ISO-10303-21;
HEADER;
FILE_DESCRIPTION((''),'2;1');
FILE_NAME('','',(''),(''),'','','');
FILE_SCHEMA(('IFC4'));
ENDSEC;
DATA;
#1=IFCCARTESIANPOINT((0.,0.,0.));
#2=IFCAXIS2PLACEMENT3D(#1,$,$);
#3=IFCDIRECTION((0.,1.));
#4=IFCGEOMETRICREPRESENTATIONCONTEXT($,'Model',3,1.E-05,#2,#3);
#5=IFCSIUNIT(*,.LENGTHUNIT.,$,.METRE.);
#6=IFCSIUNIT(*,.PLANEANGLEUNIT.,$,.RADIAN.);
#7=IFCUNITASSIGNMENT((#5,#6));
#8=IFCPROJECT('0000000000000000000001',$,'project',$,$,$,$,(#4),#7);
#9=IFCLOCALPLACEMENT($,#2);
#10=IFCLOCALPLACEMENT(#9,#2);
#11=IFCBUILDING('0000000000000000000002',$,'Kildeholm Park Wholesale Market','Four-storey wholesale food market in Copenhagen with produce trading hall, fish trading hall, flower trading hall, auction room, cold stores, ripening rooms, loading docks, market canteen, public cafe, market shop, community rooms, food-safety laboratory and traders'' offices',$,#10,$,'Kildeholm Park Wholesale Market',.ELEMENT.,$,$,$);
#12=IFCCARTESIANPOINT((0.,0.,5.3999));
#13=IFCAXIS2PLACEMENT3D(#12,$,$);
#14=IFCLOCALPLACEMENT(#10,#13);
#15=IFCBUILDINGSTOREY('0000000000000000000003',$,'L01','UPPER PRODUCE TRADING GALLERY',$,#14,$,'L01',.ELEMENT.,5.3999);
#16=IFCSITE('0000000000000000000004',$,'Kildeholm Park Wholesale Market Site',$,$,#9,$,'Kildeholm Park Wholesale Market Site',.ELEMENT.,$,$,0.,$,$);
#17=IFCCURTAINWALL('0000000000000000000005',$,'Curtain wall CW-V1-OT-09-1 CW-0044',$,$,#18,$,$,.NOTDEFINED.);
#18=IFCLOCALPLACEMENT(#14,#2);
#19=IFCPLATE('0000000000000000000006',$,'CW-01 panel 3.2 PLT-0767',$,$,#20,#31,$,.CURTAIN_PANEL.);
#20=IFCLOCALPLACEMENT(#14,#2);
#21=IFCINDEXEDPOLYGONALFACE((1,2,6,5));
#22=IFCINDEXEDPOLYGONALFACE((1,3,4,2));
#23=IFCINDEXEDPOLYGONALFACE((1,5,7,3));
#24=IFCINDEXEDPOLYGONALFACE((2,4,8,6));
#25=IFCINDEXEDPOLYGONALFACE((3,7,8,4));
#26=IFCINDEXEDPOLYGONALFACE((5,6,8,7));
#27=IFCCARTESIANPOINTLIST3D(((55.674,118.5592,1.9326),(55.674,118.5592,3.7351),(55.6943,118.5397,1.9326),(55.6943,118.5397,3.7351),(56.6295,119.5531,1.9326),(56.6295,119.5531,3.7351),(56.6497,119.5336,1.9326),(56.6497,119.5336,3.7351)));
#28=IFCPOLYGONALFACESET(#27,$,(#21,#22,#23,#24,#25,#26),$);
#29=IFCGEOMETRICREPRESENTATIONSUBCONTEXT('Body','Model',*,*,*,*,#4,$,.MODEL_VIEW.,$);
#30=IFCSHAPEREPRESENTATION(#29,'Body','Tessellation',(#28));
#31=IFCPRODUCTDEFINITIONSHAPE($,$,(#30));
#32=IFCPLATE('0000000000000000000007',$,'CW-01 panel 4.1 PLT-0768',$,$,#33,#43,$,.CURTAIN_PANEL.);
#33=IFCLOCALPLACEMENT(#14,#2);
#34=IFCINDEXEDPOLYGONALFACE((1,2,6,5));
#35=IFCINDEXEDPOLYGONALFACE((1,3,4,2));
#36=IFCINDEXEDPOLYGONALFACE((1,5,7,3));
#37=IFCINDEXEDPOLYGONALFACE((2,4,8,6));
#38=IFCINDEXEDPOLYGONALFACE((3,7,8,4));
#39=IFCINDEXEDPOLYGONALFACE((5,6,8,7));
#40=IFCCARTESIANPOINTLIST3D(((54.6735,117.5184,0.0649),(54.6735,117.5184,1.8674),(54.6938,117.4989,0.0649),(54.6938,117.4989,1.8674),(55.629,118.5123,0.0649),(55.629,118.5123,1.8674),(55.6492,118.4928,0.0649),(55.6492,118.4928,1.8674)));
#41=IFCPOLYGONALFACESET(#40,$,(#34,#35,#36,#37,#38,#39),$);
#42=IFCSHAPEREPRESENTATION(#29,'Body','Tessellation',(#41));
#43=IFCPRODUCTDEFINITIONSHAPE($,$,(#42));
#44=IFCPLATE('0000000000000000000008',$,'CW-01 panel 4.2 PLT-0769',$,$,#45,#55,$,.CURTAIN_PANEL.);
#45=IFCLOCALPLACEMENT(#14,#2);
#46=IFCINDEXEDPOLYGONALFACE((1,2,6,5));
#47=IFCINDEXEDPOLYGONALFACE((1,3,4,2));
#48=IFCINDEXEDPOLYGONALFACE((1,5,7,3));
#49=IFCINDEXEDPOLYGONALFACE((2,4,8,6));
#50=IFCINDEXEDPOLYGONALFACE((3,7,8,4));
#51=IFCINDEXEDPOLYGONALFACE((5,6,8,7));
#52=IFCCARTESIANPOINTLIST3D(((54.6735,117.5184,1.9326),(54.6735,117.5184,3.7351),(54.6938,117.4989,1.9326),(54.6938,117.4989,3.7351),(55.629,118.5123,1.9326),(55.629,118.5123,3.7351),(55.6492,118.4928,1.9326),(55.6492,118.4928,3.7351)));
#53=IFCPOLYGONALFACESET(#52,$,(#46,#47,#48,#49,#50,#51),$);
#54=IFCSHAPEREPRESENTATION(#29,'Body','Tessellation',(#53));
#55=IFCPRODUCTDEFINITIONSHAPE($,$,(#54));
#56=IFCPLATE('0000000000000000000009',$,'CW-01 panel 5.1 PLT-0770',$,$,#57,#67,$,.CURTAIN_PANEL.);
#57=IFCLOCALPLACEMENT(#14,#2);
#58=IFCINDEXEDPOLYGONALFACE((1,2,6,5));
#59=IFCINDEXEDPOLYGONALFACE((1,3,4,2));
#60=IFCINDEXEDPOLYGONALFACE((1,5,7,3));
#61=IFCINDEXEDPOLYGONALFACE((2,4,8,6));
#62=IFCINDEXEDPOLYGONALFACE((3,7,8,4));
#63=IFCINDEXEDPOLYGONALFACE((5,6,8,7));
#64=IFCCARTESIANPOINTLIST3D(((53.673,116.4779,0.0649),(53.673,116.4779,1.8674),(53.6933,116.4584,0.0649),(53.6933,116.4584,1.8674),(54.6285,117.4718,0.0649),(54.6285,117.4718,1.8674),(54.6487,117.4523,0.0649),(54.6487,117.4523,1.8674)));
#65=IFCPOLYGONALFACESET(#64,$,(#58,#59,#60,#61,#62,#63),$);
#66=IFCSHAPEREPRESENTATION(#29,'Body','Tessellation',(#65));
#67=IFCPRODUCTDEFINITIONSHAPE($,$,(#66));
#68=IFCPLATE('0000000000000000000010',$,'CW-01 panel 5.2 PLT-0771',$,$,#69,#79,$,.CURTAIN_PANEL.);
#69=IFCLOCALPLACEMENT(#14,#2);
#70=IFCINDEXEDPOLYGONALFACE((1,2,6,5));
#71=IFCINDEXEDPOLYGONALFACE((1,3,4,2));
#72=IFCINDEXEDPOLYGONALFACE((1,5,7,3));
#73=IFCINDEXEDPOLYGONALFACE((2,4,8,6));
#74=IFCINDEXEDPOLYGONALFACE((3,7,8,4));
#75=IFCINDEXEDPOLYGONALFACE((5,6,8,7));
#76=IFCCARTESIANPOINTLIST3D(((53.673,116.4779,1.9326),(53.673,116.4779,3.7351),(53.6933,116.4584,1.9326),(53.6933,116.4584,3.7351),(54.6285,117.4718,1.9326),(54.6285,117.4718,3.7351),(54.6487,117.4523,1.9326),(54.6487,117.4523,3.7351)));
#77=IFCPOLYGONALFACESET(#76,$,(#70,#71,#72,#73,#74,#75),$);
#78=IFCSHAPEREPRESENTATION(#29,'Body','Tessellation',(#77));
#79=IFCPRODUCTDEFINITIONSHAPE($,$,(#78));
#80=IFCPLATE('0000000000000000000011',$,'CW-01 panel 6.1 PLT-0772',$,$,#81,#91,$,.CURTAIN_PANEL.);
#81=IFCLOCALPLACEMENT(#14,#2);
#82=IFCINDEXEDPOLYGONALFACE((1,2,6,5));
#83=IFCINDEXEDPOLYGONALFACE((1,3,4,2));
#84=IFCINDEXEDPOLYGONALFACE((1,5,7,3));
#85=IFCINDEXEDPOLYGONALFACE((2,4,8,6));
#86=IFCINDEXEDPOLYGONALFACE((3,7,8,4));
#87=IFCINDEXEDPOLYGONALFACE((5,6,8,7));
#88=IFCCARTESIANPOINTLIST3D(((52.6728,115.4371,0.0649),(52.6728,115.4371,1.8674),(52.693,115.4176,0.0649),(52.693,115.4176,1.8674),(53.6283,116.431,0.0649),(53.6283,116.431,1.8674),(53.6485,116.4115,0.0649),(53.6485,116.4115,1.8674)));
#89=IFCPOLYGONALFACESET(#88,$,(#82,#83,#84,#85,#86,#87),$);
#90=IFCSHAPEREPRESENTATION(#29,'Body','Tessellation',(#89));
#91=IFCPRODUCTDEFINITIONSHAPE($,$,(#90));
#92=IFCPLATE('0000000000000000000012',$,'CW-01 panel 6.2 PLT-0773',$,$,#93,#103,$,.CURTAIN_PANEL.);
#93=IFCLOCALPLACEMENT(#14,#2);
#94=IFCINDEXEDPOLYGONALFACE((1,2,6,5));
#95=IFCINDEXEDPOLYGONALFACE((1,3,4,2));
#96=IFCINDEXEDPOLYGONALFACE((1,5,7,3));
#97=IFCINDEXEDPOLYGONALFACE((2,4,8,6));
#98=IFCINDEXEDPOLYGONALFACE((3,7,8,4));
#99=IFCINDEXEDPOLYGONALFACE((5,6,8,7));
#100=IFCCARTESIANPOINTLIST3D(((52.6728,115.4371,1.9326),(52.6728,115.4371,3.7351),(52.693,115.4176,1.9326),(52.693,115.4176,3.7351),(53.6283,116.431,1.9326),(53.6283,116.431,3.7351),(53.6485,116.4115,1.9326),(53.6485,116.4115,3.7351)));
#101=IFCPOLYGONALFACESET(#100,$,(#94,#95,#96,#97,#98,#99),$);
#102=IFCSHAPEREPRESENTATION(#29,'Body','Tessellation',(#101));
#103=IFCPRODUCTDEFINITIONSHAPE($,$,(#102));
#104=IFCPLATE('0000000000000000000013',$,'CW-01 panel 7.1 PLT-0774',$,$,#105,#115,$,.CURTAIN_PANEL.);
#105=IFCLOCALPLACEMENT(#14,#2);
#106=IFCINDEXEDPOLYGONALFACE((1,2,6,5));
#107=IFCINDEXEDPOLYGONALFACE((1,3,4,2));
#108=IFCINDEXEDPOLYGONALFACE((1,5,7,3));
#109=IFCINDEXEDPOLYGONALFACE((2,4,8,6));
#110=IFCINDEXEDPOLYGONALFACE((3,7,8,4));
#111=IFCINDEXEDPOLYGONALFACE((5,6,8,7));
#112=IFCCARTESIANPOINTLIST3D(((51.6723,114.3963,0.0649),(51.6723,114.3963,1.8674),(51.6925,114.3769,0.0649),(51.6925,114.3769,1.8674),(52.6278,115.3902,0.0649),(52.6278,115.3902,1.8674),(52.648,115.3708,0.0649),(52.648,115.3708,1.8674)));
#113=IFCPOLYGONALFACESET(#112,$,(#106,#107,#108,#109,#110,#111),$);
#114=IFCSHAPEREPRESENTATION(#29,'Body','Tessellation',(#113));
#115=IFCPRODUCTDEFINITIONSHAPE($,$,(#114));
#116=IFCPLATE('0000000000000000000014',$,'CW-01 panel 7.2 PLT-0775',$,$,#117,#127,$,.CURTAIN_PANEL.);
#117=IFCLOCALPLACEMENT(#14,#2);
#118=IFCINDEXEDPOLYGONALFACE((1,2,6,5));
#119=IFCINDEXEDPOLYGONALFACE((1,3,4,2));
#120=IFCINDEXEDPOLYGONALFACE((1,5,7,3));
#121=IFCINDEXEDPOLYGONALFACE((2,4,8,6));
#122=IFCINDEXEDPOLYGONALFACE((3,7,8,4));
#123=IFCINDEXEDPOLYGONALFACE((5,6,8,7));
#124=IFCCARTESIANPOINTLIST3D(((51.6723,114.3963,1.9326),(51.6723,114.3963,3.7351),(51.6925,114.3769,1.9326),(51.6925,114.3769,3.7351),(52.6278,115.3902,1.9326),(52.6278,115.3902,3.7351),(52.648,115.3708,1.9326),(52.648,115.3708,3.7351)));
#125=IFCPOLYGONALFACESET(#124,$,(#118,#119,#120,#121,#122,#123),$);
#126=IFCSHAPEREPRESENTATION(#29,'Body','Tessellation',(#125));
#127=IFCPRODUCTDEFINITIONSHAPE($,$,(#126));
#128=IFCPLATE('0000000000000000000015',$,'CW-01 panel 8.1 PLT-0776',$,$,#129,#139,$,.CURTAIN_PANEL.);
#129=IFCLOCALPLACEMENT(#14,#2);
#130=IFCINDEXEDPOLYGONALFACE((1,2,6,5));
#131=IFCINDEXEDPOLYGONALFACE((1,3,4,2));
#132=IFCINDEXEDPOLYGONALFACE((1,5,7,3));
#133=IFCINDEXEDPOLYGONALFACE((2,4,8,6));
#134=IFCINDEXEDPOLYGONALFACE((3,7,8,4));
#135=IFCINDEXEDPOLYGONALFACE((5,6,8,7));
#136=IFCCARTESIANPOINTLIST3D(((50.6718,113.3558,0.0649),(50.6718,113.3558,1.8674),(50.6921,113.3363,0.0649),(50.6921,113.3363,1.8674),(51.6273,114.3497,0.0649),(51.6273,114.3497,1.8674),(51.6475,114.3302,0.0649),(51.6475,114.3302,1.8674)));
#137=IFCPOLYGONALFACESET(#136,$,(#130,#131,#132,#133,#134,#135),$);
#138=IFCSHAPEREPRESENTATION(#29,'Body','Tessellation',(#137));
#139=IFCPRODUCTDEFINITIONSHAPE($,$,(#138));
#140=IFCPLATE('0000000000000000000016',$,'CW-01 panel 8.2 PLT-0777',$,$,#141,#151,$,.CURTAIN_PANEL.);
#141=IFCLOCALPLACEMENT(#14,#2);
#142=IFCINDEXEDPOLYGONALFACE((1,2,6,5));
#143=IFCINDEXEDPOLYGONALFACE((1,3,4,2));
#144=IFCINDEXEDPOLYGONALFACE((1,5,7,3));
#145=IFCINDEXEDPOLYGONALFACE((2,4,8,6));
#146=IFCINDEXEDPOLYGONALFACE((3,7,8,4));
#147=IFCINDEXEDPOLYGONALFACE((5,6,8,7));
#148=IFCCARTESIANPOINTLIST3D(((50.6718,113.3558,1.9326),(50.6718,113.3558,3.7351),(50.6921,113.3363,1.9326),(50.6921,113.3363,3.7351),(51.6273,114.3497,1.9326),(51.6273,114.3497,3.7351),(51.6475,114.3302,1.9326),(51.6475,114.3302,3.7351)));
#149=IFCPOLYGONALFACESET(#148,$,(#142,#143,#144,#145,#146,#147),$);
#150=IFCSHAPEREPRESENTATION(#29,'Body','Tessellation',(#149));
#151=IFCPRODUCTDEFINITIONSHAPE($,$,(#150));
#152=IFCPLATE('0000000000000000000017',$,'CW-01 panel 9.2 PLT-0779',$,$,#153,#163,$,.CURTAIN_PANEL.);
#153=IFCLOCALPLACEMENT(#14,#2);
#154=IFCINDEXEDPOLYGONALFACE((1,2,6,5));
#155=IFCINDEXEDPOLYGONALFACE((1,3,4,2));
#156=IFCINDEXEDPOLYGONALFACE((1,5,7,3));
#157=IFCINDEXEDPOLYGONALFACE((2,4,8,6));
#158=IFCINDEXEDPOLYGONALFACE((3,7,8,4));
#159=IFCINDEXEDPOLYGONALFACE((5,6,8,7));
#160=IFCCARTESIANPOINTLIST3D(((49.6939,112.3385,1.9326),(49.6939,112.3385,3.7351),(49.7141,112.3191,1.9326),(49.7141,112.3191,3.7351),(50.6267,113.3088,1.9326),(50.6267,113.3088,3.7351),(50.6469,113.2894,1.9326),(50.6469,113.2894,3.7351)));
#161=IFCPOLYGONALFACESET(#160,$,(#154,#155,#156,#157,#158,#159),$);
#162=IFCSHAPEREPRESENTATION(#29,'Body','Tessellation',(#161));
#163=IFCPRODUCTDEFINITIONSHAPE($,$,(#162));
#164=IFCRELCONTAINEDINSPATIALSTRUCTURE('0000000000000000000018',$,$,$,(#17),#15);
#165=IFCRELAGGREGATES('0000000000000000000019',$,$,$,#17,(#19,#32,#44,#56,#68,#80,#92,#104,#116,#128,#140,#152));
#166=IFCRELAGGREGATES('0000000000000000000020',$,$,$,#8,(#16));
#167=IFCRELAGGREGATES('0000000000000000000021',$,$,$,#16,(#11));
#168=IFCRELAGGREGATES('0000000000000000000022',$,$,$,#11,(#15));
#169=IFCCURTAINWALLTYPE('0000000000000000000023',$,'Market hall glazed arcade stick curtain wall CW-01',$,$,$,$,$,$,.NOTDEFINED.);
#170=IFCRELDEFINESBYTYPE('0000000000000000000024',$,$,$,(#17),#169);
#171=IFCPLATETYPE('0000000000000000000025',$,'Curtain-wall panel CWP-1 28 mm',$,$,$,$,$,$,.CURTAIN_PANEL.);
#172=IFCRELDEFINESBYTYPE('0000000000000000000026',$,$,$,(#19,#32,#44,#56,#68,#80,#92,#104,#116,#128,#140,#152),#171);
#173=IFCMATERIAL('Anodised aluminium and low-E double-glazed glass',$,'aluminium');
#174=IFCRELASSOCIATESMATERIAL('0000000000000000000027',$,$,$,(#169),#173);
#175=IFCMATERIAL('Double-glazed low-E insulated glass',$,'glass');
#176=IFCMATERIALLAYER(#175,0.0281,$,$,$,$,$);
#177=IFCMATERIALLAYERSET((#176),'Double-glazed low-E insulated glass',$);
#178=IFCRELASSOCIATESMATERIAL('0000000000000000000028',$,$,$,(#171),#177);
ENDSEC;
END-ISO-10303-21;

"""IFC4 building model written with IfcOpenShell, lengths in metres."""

from ifc_helpers import new_model, si_unit, direction, frame, origin, origin_2d, place, context, subcontext, project, spatial, rectangle, extrude, material, layer, layer_set, type_object, element, aggregate, save


model = new_model("IFC4")

# Units and contexts
model_context = context("Model", 3, precision=1e-05, world=origin(), true_north=direction((0.0, 1.0)))
body_context = subcontext(model_context, "Body", "Model", "MODEL_VIEW")
ifc_project = project(units=[si_unit("LENGTHUNIT", "METRE"), si_unit("PLANEANGLEUNIT", "RADIAN")], contexts=[model_context])

# Site, building, storey
site_placement = place(None, origin())
site = spatial("IfcSite", under=ifc_project, at=site_placement, Name="Kildeholm Park Wholesale Market Site", LongName="Kildeholm Park Wholesale Market Site", CompositionType="ELEMENT", RefElevation=0.0)
building_placement = place(site_placement, origin())
building = spatial("IfcBuilding", under=site, at=building_placement, Name="Kildeholm Park Wholesale Market", Description="Four-storey wholesale food market in Copenhagen with produce trading hall, fish trading hall, flower trading hall, auction room, cold stores, ripening rooms, loading docks, market canteen, public cafe, market shop, community rooms, food-safety laboratory and traders' offices", LongName="Kildeholm Park Wholesale Market", CompositionType="ELEMENT")
storey_placement = place(building_placement, frame((0.0, 0.0, 5.3999)))
storey = spatial("IfcBuildingStorey", under=building, at=storey_placement, Name="L01", Description="UPPER PRODUCE TRADING GALLERY", LongName="L01", CompositionType="ELEMENT", Elevation=5.3999)

# Curtain wall, plates
ifc_material_1 = material(Name="Anodised aluminium and low-E double-glazed glass", Category="aluminium")
curtain_wall_type = type_object("IfcCurtainWallType", Name="Market hall glazed arcade stick curtain wall CW-01", PredefinedType="NOTDEFINED", material=ifc_material_1)
curtain_wall_placement = place(storey_placement, origin())
curtain_wall = element("IfcCurtainWall", 1, at=curtain_wall_placement, inside=storey, type_object=curtain_wall_type, Name="Curtain wall CW-V1-OT-09-1 CW-0044", PredefinedType="NOTDEFINED")
ifc_material_2 = material(Name="Double-glazed low-E insulated glass", Category="glass")
ifc_layer = layer(ifc_material_2, 0.0281)
ifc_layer_set = layer_set([ifc_layer], Name="Double-glazed low-E insulated glass")
plate_type = type_object("IfcPlateType", Name="Curtain-wall panel CWP-1 28 mm", PredefinedType="CURTAIN_PANEL", material=ifc_layer_set)
plate_1_placement = place(storey_placement, frame((56.1619, 119.0464, 1.9326), z_axis=(0.0, 0.0, 1.0), x_axis=(-0.693038, -0.720901, 0.0)))
plate_1 = element("IfcPlate", 2, at=plate_1_placement, type_object=plate_type, Name="CW-01 panel 3.2 PLT-0767", PredefinedType="CURTAIN_PANEL", context=body_context, shape_type="SweptSolid", body=[
    extrude(rectangle(XDim=1.3787, YDim=0.0281, at=origin_2d()), origin(), (0.0, 0.0, 1.0), 1.8025),
])
plate_2_placement = place(storey_placement, frame((55.1614, 118.0056, 0.0649), z_axis=(0.0, 0.0, 1.0), x_axis=(-0.693038, -0.720901, 0.0)))
plate_2 = element("IfcPlate", 3, at=plate_2_placement, type_object=plate_type, Name="CW-01 panel 4.1 PLT-0768", PredefinedType="CURTAIN_PANEL", context=body_context, shape_type="SweptSolid", body=[
    extrude(rectangle(XDim=1.3787, YDim=0.0281, at=origin_2d()), origin(), (0.0, 0.0, 1.0), 1.8025),
])
plate_3_placement = place(storey_placement, frame((55.1614, 118.0056, 1.9326), z_axis=(0.0, 0.0, 1.0), x_axis=(-0.693038, -0.720901, 0.0)))
plate_3 = element("IfcPlate", 4, at=plate_3_placement, type_object=plate_type, Name="CW-01 panel 4.2 PLT-0769", PredefinedType="CURTAIN_PANEL", context=body_context, shape_type="SweptSolid", body=[
    extrude(rectangle(XDim=1.3787, YDim=0.0281, at=origin_2d()), origin(), (0.0, 0.0, 1.0), 1.8025),
])
plate_4_placement = place(storey_placement, frame((54.1609, 116.9651, 0.0649), z_axis=(0.0, 0.0, 1.0), x_axis=(-0.693038, -0.720901, 0.0)))
plate_4 = element("IfcPlate", 5, at=plate_4_placement, type_object=plate_type, Name="CW-01 panel 5.1 PLT-0770", PredefinedType="CURTAIN_PANEL", context=body_context, shape_type="SweptSolid", body=[
    extrude(rectangle(XDim=1.3787, YDim=0.0281, at=origin_2d()), origin(), (0.0, 0.0, 1.0), 1.8025),
])
plate_5_placement = place(storey_placement, frame((54.1609, 116.9651, 1.9326), z_axis=(0.0, 0.0, 1.0), x_axis=(-0.693038, -0.720901, 0.0)))
plate_5 = element("IfcPlate", 6, at=plate_5_placement, type_object=plate_type, Name="CW-01 panel 5.2 PLT-0771", PredefinedType="CURTAIN_PANEL", context=body_context, shape_type="SweptSolid", body=[
    extrude(rectangle(XDim=1.3787, YDim=0.0281, at=origin_2d()), origin(), (0.0, 0.0, 1.0), 1.8025),
])
plate_6_placement = place(storey_placement, frame((53.1606, 115.9243, 0.0649), z_axis=(0.0, 0.0, 1.0), x_axis=(-0.693038, -0.720901, 0.0)))
plate_6 = element("IfcPlate", 7, at=plate_6_placement, type_object=plate_type, Name="CW-01 panel 6.1 PLT-0772", PredefinedType="CURTAIN_PANEL", context=body_context, shape_type="SweptSolid", body=[
    extrude(rectangle(XDim=1.3787, YDim=0.0281, at=origin_2d()), origin(), (0.0, 0.0, 1.0), 1.8025),
])
plate_7_placement = place(storey_placement, frame((53.1606, 115.9243, 1.9326), z_axis=(0.0, 0.0, 1.0), x_axis=(-0.693038, -0.720901, 0.0)))
plate_7 = element("IfcPlate", 8, at=plate_7_placement, type_object=plate_type, Name="CW-01 panel 6.2 PLT-0773", PredefinedType="CURTAIN_PANEL", context=body_context, shape_type="SweptSolid", body=[
    extrude(rectangle(XDim=1.3787, YDim=0.0281, at=origin_2d()), origin(), (0.0, 0.0, 1.0), 1.8025),
])
plate_8_placement = place(storey_placement, frame((52.1602, 114.8835, 0.0649), z_axis=(0.0, 0.0, 1.0), x_axis=(-0.693038, -0.720901, 0.0)))
plate_8 = element("IfcPlate", 9, at=plate_8_placement, type_object=plate_type, Name="CW-01 panel 7.1 PLT-0774", PredefinedType="CURTAIN_PANEL", context=body_context, shape_type="SweptSolid", body=[
    extrude(rectangle(XDim=1.3787, YDim=0.0281, at=origin_2d()), origin(), (0.0, 0.0, 1.0), 1.8025),
])
plate_9_placement = place(storey_placement, frame((52.1602, 114.8835, 1.9326), z_axis=(0.0, 0.0, 1.0), x_axis=(-0.693038, -0.720901, 0.0)))
plate_9 = element("IfcPlate", 10, at=plate_9_placement, type_object=plate_type, Name="CW-01 panel 7.2 PLT-0775", PredefinedType="CURTAIN_PANEL", context=body_context, shape_type="SweptSolid", body=[
    extrude(rectangle(XDim=1.3787, YDim=0.0281, at=origin_2d()), origin(), (0.0, 0.0, 1.0), 1.8025),
])
plate_10_placement = place(storey_placement, frame((51.1597, 113.843, 0.0649), z_axis=(0.0, 0.0, 1.0), x_axis=(-0.693038, -0.720901, 0.0)))
plate_10 = element("IfcPlate", 11, at=plate_10_placement, type_object=plate_type, Name="CW-01 panel 8.1 PLT-0776", PredefinedType="CURTAIN_PANEL", context=body_context, shape_type="SweptSolid", body=[
    extrude(rectangle(XDim=1.3787, YDim=0.0281, at=origin_2d()), origin(), (0.0, 0.0, 1.0), 1.8025),
])
plate_11_placement = place(storey_placement, frame((51.1597, 113.843, 1.9326), z_axis=(0.0, 0.0, 1.0), x_axis=(-0.693038, -0.720901, 0.0)))
plate_11 = element("IfcPlate", 12, at=plate_11_placement, type_object=plate_type, Name="CW-01 panel 8.2 PLT-0777", PredefinedType="CURTAIN_PANEL", context=body_context, shape_type="SweptSolid", body=[
    extrude(rectangle(XDim=1.3787, YDim=0.0281, at=origin_2d()), origin(), (0.0, 0.0, 1.0), 1.8025),
])
plate_12_placement = place(storey_placement, frame((50.1704, 112.814, 1.9326), z_axis=(0.0, 0.0, 1.0), x_axis=(-0.693038, -0.720901, 0.0)))
plate_12 = element("IfcPlate", 13, at=plate_12_placement, type_object=plate_type, Name="CW-01 panel 9.2 PLT-0779", PredefinedType="CURTAIN_PANEL", context=body_context, shape_type="SweptSolid", body=[
    extrude(rectangle(XDim=1.3459, YDim=0.0281, at=origin_2d()), origin(), (0.0, 0.0, 1.0), 1.8025),
])
aggregate(curtain_wall, [plate_1, plate_2, plate_3, plate_4, plate_5, plate_6, plate_7, plate_8, plate_9, plate_10, plate_11, plate_12])

save(model, "model.ifc")
